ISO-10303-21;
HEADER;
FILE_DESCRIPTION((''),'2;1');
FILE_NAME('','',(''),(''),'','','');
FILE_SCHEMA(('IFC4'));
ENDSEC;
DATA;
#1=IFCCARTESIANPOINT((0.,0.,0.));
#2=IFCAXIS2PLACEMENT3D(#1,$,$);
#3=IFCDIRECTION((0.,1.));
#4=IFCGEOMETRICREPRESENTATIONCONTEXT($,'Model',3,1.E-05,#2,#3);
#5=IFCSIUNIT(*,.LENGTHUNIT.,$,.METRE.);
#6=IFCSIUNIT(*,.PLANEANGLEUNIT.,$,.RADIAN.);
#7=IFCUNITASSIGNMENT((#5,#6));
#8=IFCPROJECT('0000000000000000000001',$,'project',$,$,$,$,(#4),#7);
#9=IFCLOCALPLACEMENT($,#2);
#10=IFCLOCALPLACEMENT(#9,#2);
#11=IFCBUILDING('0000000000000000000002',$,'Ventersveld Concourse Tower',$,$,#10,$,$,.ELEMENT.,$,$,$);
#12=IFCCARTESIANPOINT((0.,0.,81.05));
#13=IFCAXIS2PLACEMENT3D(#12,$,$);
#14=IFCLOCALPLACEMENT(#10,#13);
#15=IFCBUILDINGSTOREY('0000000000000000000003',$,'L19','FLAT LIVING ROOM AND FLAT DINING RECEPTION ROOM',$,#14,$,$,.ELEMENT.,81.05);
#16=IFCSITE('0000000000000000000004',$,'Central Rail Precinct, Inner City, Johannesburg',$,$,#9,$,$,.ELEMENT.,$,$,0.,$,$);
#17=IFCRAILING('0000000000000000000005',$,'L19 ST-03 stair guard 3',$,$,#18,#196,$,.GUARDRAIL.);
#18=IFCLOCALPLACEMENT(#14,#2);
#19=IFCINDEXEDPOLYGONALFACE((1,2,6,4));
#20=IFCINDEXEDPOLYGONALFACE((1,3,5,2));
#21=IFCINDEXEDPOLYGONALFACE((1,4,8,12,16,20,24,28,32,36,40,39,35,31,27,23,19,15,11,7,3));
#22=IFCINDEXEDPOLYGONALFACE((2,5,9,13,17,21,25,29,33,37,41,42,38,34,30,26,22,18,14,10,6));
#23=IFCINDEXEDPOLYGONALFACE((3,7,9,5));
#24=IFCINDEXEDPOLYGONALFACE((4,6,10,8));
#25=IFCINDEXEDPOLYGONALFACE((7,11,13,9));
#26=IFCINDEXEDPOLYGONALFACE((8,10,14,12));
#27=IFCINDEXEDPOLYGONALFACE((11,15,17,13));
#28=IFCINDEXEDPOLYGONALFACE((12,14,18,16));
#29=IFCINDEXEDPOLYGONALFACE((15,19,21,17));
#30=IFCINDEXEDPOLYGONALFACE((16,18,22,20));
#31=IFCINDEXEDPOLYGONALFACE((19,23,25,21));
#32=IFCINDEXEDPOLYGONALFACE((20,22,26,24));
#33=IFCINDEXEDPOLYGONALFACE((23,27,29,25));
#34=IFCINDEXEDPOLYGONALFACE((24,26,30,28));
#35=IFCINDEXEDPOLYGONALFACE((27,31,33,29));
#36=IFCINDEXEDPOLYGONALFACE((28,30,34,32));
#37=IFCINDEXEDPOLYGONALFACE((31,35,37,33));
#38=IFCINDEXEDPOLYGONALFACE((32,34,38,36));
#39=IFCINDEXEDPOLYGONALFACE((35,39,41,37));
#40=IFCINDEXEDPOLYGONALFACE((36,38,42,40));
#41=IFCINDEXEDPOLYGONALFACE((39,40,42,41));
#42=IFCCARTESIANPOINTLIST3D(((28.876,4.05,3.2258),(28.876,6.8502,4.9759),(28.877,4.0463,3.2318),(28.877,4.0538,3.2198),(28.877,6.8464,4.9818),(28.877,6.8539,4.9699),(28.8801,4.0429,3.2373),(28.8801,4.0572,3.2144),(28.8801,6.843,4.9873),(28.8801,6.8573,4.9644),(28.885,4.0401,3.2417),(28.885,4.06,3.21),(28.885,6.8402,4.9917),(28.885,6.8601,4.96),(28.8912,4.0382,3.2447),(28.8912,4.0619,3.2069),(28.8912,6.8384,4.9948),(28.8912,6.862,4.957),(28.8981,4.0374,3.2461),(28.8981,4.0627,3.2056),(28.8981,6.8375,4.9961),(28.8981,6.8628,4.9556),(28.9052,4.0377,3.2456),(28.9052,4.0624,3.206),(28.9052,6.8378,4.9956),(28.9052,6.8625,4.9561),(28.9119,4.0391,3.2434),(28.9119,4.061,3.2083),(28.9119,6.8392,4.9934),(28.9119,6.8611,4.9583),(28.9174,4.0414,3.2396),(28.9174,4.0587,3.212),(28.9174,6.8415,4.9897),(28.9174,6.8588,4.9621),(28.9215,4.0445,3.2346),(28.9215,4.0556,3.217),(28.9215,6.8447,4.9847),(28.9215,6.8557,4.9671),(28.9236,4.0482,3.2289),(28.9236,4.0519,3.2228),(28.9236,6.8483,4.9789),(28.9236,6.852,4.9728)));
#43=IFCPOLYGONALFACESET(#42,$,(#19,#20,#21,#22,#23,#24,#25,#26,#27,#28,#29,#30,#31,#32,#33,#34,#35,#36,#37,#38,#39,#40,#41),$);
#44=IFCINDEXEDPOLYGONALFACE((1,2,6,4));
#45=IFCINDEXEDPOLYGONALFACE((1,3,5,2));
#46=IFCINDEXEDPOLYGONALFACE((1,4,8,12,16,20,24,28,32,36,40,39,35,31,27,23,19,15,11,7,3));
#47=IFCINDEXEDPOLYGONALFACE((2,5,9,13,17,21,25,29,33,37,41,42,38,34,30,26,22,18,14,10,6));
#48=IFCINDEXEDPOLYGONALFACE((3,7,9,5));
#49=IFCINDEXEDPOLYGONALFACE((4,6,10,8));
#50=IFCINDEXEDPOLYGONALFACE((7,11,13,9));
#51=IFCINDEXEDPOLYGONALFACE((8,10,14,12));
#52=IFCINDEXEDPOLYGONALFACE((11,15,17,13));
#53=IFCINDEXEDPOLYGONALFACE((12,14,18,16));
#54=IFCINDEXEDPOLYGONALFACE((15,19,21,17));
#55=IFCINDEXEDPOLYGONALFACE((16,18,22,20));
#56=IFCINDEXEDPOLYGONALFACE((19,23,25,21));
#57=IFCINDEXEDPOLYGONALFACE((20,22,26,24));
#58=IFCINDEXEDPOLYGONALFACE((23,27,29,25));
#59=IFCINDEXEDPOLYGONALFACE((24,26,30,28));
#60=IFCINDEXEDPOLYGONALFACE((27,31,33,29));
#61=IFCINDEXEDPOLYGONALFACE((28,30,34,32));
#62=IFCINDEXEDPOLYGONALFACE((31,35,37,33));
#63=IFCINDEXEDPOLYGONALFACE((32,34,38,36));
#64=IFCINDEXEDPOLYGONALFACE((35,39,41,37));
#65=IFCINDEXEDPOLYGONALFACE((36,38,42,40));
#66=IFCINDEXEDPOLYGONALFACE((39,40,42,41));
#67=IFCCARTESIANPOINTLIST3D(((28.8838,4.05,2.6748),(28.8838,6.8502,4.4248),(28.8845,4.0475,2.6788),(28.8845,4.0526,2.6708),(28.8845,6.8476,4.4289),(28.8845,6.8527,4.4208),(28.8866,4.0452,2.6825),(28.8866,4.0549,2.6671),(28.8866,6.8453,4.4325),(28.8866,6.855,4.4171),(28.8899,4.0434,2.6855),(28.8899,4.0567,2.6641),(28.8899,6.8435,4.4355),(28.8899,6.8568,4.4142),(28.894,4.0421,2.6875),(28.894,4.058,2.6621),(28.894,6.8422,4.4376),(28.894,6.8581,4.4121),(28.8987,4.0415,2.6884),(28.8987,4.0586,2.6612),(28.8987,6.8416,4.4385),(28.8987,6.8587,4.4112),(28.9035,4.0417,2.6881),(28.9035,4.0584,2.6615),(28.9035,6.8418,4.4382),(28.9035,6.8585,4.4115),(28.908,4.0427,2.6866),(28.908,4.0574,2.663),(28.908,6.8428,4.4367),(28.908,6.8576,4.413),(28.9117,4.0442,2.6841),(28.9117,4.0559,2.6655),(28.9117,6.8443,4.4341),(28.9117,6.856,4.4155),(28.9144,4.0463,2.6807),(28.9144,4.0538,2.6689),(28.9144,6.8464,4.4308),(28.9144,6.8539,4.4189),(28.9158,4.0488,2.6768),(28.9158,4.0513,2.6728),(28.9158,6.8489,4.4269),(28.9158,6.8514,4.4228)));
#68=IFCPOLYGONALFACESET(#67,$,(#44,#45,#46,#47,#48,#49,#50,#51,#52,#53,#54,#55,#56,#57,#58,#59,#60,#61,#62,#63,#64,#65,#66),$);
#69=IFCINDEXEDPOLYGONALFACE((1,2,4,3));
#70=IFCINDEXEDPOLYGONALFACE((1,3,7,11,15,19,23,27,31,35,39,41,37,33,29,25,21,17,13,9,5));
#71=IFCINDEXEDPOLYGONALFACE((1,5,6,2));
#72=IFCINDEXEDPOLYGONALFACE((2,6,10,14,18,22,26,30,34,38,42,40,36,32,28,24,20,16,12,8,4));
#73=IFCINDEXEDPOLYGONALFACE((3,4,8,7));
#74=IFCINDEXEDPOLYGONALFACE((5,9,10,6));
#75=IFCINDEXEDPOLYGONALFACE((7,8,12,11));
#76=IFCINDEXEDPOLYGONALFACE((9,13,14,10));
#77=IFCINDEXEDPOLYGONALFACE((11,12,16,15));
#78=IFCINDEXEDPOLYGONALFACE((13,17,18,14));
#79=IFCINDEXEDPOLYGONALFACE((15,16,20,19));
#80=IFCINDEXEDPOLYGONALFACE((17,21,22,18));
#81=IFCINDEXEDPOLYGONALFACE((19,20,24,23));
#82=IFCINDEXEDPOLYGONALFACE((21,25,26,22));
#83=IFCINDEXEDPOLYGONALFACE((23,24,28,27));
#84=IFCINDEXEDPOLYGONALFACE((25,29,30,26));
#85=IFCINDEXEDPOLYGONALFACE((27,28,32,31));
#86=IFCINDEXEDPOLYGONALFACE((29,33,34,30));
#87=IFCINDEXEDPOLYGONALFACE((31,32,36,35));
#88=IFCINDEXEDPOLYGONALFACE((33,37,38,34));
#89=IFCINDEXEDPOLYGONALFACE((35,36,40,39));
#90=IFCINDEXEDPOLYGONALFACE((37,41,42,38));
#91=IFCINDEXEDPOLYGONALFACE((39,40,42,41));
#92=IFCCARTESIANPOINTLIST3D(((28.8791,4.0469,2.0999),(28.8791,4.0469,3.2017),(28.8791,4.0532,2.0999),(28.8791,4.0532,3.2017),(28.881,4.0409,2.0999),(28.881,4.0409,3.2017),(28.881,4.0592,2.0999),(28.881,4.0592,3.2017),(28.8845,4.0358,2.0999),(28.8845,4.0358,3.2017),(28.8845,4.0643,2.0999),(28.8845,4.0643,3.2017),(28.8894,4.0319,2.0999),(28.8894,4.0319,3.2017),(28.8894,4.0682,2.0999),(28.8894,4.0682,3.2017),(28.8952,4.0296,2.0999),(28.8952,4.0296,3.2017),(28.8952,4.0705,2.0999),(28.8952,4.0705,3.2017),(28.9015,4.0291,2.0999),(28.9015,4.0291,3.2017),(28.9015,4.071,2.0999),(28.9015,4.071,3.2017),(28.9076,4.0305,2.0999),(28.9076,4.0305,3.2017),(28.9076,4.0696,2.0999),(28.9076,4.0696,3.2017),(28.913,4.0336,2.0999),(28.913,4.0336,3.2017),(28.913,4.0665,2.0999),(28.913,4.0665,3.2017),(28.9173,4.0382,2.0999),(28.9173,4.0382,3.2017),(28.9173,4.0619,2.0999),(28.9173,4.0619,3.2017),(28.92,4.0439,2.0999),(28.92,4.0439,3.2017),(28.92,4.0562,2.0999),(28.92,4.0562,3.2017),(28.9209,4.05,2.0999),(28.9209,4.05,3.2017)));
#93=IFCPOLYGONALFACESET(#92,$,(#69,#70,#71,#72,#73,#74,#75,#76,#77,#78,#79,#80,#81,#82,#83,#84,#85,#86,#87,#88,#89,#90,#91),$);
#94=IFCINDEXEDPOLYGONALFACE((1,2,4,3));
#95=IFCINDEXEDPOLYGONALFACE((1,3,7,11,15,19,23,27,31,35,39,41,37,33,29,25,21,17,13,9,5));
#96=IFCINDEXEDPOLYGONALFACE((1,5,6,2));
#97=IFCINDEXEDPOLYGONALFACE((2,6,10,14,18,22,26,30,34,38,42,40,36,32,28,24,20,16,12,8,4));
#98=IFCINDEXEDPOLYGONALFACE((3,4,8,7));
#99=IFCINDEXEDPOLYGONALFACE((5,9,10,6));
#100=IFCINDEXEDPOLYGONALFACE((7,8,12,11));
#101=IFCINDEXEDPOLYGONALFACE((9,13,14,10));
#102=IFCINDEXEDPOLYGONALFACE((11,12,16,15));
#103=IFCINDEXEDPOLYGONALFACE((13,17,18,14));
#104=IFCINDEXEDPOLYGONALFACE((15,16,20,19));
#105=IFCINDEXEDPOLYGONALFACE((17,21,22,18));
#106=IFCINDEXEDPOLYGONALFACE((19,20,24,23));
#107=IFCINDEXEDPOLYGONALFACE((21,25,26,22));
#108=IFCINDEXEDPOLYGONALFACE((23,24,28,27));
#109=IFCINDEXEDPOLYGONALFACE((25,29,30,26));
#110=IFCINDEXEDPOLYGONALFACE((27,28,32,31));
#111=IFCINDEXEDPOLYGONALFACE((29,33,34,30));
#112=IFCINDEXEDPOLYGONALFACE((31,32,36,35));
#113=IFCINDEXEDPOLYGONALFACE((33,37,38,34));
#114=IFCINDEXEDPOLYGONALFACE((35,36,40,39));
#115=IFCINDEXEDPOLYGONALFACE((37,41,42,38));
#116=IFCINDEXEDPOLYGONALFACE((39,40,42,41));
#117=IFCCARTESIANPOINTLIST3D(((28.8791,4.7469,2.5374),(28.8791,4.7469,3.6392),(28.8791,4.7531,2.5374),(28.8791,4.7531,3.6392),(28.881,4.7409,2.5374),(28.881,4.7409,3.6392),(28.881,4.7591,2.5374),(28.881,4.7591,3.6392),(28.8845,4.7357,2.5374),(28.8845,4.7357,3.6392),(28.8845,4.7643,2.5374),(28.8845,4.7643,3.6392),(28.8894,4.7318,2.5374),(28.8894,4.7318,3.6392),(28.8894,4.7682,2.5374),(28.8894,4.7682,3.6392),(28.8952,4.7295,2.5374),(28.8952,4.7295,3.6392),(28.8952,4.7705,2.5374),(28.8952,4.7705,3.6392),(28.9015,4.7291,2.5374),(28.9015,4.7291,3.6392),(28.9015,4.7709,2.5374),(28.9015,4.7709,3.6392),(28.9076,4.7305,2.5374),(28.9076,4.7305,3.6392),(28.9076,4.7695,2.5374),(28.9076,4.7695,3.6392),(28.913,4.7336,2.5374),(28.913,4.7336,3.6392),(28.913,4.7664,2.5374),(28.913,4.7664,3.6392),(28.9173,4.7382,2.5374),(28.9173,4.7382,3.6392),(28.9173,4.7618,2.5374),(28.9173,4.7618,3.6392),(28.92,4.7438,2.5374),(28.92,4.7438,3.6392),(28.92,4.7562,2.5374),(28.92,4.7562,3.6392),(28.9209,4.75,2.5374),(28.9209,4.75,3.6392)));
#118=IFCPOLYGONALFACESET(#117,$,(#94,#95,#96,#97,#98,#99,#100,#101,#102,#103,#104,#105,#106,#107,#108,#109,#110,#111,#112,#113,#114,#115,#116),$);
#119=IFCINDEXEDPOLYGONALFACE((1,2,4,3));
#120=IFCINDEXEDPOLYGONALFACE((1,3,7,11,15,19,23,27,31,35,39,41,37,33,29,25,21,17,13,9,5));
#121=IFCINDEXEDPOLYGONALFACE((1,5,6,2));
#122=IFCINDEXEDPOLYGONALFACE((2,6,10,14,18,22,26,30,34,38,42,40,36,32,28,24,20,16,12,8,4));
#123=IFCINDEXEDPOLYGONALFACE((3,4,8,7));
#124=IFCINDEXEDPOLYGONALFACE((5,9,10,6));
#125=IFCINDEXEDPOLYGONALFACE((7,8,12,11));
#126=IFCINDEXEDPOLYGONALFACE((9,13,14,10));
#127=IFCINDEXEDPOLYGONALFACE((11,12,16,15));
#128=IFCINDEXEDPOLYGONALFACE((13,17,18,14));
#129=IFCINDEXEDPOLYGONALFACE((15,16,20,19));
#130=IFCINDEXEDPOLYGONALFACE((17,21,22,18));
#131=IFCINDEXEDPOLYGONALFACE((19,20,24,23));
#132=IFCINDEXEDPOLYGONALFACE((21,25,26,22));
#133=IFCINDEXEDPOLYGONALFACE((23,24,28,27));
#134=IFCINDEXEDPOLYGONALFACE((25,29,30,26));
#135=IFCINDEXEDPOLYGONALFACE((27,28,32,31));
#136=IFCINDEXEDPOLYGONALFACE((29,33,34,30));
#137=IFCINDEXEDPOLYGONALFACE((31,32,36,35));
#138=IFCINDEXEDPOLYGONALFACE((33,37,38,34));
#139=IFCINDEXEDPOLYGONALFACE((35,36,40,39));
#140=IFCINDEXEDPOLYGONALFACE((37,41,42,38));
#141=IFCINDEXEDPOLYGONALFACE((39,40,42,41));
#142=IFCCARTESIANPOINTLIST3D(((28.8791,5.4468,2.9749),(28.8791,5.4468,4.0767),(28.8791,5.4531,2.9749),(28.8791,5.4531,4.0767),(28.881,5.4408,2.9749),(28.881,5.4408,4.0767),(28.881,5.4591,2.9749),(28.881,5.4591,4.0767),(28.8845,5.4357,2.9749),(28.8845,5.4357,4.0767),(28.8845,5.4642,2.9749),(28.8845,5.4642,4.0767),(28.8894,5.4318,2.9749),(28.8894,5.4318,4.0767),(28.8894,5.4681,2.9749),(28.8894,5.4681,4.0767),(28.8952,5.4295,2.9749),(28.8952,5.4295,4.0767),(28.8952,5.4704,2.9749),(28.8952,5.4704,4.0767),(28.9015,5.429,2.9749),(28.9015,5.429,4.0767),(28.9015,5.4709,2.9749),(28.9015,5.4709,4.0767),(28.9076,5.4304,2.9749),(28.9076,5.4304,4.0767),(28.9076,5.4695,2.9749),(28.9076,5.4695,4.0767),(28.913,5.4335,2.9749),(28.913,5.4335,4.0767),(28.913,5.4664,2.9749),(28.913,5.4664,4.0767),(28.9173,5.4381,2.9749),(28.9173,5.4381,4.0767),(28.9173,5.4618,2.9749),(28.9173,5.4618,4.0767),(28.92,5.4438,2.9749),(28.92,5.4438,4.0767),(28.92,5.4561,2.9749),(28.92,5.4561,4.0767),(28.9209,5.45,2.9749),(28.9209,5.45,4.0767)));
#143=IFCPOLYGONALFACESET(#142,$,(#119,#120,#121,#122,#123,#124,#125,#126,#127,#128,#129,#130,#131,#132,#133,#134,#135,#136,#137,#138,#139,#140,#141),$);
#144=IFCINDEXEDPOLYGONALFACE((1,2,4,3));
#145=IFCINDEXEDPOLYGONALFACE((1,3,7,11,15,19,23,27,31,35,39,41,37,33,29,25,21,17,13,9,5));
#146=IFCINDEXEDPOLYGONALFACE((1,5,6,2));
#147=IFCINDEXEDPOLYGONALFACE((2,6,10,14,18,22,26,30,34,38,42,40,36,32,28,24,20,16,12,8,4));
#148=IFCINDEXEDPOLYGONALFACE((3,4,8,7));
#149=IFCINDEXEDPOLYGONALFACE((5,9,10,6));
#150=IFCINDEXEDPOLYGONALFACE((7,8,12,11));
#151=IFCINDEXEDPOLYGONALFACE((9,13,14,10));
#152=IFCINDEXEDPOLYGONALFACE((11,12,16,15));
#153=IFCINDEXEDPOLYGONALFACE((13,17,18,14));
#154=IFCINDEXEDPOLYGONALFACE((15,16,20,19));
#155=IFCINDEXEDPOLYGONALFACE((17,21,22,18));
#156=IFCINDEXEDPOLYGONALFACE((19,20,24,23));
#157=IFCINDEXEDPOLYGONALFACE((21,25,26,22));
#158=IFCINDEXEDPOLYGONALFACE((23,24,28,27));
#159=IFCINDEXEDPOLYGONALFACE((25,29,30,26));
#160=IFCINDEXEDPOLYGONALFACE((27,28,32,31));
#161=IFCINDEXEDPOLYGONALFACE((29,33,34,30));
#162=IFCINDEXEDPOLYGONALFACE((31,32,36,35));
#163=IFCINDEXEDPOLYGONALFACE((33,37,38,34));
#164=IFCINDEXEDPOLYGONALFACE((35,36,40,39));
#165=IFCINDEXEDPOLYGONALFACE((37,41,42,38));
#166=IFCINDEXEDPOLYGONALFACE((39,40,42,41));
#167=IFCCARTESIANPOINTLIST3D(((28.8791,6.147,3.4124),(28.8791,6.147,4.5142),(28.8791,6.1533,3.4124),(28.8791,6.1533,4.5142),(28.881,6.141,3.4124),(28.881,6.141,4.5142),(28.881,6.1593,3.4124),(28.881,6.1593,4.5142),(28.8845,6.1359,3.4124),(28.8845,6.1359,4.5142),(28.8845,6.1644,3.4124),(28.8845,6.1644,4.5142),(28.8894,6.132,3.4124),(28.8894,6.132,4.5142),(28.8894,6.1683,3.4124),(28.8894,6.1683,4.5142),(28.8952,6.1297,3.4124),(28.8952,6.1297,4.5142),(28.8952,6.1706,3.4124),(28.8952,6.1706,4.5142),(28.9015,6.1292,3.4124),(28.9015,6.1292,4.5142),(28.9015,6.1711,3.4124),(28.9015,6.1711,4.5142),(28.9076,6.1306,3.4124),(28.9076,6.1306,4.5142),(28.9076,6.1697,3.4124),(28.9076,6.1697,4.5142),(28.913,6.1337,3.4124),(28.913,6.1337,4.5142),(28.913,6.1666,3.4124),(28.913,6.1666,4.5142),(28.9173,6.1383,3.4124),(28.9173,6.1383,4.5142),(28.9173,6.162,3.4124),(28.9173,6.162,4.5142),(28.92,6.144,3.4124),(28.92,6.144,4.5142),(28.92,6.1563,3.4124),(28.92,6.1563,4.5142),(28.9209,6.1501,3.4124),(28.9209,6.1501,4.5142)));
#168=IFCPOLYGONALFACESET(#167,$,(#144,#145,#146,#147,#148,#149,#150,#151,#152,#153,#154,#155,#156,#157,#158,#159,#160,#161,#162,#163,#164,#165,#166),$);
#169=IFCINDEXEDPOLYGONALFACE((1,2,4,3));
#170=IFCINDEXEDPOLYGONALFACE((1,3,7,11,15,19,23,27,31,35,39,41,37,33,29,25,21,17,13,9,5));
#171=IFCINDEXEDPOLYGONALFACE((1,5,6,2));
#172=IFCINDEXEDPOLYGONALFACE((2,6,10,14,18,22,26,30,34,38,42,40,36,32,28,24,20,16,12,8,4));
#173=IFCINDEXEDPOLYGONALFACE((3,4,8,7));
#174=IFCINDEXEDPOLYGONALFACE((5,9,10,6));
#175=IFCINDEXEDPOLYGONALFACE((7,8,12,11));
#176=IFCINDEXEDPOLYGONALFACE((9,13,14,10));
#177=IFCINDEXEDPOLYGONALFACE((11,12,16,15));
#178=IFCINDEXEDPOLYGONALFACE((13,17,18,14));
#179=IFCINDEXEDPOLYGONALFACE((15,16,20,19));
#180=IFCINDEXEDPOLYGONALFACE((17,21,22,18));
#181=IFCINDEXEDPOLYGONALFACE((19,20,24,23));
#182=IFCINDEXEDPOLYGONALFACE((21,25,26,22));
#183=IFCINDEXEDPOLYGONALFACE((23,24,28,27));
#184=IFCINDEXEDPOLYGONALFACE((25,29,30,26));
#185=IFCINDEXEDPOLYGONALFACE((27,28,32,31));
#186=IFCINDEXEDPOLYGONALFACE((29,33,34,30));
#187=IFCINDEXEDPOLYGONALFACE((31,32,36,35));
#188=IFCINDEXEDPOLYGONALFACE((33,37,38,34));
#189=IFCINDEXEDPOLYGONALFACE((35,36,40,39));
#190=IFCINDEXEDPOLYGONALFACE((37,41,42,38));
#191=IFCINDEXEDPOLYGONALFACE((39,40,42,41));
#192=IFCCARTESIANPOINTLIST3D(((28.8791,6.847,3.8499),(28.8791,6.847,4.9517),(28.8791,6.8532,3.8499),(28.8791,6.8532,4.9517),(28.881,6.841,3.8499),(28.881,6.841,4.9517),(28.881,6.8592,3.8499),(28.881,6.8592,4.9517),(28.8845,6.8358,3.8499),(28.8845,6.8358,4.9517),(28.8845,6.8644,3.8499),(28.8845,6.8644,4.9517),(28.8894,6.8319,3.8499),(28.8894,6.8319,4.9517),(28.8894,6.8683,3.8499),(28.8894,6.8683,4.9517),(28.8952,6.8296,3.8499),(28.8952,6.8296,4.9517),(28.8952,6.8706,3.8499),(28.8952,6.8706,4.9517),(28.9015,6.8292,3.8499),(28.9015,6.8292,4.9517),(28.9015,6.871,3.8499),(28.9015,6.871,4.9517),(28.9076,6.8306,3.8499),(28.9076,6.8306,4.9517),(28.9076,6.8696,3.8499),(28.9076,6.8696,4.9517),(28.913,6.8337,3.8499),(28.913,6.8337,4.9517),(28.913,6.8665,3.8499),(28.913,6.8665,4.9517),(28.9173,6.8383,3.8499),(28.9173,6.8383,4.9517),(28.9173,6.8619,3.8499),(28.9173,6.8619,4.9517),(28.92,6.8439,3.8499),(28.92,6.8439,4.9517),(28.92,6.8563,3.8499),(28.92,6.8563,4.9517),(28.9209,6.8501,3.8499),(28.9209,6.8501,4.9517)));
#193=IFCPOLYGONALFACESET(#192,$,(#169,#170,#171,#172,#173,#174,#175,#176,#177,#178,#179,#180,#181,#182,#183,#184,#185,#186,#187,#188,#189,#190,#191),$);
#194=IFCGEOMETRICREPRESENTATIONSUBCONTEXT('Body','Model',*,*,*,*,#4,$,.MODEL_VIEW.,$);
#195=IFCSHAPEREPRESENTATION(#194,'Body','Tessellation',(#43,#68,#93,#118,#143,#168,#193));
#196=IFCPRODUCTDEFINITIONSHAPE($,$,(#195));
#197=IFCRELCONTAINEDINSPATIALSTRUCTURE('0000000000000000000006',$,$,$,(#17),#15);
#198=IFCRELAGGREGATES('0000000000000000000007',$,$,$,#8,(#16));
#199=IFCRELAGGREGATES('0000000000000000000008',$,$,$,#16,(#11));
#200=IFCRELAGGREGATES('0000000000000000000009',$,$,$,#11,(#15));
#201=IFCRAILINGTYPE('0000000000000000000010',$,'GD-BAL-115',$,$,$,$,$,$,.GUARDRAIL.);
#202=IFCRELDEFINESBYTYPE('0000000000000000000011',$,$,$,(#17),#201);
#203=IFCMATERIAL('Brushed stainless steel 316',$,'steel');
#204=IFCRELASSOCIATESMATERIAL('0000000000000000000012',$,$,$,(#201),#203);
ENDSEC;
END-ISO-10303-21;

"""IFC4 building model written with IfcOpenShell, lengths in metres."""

from ifc_helpers import new_model, si_unit, direction, frame, origin, origin_2d, place, context, subcontext, project, spatial, circle, extrude, material, type_object, element, save


model = new_model("IFC4")

# Units and contexts
model_context = context("Model", 3, precision=1e-05, world=origin(), true_north=direction((0.0, 1.0)))
body_context = subcontext(model_context, "Body", "Model", "MODEL_VIEW")
ifc_project = project(units=[si_unit("LENGTHUNIT", "METRE"), si_unit("PLANEANGLEUNIT", "RADIAN")], contexts=[model_context])

# Site, building, storey
site_placement = place(None, origin())
site = spatial("IfcSite", under=ifc_project, at=site_placement, Name="Central Rail Precinct, Inner City, Johannesburg", CompositionType="ELEMENT", RefElevation=0.0)
building_placement = place(site_placement, origin())
building = spatial("IfcBuilding", under=site, at=building_placement, Name="Ventersveld Concourse Tower", CompositionType="ELEMENT")
storey_placement = place(building_placement, frame((0.0, 0.0, 81.05)))
storey = spatial("IfcBuildingStorey", under=building, at=storey_placement, Name="L19", Description="FLAT LIVING ROOM AND FLAT DINING RECEPTION ROOM", CompositionType="ELEMENT", Elevation=81.05)

# Railing
ifc_material_1 = material(Name="Brushed stainless steel 316", Category="steel")
railing_type_1 = type_object("IfcRailingType", Name="GD-BAL-115", PredefinedType="GUARDRAIL", material=ifc_material_1)
railing_1_placement = place(storey_placement, frame((28.8999, 4.05, 2.0999)))
element("IfcRailing", 1, at=railing_1_placement, inside=storey, type_object=railing_type_1, Name="L19 ST-03 stair guard 3", PredefinedType="GUARDRAIL", context=body_context, shape_type="SweptSolid", body=[
    extrude(circle(Radius=0.0239, at=origin_2d()), frame((0.0, 0.0, 1.126), z_axis=(0.0, 0.848002, 0.529992), x_axis=(-1.0, 0.0, 0.0)), (0.0, 0.0, 1.0), 3.302),
    extrude(circle(Radius=0.0161, at=origin_2d()), frame((0.0, 0.0, 0.575), z_axis=(0.0, 0.848002, 0.529992), x_axis=(-1.0, 0.0, 0.0)), (0.0, 0.0, 1.0), 3.302),
    extrude(circle(Radius=0.021, at=origin_2d()), origin(), (0.0, 0.0, 1.0), 1.1018),
    extrude(circle(Radius=0.021, at=origin_2d()), frame((0.0, 0.7, 0.4375)), (0.0, 0.0, 1.0), 1.1018),
    extrude(circle(Radius=0.021, at=origin_2d()), frame((0.0, 1.3999, 0.875)), (0.0, 0.0, 1.0), 1.1018),
    extrude(circle(Radius=0.021, at=origin_2d()), frame((0.0, 2.1001, 1.3125)), (0.0, 0.0, 1.0), 1.1018),
    extrude(circle(Radius=0.021, at=origin_2d()), frame((0.0, 2.8, 1.75)), (0.0, 0.0, 1.0), 1.1018),
])

save(model, "model.ifc")
